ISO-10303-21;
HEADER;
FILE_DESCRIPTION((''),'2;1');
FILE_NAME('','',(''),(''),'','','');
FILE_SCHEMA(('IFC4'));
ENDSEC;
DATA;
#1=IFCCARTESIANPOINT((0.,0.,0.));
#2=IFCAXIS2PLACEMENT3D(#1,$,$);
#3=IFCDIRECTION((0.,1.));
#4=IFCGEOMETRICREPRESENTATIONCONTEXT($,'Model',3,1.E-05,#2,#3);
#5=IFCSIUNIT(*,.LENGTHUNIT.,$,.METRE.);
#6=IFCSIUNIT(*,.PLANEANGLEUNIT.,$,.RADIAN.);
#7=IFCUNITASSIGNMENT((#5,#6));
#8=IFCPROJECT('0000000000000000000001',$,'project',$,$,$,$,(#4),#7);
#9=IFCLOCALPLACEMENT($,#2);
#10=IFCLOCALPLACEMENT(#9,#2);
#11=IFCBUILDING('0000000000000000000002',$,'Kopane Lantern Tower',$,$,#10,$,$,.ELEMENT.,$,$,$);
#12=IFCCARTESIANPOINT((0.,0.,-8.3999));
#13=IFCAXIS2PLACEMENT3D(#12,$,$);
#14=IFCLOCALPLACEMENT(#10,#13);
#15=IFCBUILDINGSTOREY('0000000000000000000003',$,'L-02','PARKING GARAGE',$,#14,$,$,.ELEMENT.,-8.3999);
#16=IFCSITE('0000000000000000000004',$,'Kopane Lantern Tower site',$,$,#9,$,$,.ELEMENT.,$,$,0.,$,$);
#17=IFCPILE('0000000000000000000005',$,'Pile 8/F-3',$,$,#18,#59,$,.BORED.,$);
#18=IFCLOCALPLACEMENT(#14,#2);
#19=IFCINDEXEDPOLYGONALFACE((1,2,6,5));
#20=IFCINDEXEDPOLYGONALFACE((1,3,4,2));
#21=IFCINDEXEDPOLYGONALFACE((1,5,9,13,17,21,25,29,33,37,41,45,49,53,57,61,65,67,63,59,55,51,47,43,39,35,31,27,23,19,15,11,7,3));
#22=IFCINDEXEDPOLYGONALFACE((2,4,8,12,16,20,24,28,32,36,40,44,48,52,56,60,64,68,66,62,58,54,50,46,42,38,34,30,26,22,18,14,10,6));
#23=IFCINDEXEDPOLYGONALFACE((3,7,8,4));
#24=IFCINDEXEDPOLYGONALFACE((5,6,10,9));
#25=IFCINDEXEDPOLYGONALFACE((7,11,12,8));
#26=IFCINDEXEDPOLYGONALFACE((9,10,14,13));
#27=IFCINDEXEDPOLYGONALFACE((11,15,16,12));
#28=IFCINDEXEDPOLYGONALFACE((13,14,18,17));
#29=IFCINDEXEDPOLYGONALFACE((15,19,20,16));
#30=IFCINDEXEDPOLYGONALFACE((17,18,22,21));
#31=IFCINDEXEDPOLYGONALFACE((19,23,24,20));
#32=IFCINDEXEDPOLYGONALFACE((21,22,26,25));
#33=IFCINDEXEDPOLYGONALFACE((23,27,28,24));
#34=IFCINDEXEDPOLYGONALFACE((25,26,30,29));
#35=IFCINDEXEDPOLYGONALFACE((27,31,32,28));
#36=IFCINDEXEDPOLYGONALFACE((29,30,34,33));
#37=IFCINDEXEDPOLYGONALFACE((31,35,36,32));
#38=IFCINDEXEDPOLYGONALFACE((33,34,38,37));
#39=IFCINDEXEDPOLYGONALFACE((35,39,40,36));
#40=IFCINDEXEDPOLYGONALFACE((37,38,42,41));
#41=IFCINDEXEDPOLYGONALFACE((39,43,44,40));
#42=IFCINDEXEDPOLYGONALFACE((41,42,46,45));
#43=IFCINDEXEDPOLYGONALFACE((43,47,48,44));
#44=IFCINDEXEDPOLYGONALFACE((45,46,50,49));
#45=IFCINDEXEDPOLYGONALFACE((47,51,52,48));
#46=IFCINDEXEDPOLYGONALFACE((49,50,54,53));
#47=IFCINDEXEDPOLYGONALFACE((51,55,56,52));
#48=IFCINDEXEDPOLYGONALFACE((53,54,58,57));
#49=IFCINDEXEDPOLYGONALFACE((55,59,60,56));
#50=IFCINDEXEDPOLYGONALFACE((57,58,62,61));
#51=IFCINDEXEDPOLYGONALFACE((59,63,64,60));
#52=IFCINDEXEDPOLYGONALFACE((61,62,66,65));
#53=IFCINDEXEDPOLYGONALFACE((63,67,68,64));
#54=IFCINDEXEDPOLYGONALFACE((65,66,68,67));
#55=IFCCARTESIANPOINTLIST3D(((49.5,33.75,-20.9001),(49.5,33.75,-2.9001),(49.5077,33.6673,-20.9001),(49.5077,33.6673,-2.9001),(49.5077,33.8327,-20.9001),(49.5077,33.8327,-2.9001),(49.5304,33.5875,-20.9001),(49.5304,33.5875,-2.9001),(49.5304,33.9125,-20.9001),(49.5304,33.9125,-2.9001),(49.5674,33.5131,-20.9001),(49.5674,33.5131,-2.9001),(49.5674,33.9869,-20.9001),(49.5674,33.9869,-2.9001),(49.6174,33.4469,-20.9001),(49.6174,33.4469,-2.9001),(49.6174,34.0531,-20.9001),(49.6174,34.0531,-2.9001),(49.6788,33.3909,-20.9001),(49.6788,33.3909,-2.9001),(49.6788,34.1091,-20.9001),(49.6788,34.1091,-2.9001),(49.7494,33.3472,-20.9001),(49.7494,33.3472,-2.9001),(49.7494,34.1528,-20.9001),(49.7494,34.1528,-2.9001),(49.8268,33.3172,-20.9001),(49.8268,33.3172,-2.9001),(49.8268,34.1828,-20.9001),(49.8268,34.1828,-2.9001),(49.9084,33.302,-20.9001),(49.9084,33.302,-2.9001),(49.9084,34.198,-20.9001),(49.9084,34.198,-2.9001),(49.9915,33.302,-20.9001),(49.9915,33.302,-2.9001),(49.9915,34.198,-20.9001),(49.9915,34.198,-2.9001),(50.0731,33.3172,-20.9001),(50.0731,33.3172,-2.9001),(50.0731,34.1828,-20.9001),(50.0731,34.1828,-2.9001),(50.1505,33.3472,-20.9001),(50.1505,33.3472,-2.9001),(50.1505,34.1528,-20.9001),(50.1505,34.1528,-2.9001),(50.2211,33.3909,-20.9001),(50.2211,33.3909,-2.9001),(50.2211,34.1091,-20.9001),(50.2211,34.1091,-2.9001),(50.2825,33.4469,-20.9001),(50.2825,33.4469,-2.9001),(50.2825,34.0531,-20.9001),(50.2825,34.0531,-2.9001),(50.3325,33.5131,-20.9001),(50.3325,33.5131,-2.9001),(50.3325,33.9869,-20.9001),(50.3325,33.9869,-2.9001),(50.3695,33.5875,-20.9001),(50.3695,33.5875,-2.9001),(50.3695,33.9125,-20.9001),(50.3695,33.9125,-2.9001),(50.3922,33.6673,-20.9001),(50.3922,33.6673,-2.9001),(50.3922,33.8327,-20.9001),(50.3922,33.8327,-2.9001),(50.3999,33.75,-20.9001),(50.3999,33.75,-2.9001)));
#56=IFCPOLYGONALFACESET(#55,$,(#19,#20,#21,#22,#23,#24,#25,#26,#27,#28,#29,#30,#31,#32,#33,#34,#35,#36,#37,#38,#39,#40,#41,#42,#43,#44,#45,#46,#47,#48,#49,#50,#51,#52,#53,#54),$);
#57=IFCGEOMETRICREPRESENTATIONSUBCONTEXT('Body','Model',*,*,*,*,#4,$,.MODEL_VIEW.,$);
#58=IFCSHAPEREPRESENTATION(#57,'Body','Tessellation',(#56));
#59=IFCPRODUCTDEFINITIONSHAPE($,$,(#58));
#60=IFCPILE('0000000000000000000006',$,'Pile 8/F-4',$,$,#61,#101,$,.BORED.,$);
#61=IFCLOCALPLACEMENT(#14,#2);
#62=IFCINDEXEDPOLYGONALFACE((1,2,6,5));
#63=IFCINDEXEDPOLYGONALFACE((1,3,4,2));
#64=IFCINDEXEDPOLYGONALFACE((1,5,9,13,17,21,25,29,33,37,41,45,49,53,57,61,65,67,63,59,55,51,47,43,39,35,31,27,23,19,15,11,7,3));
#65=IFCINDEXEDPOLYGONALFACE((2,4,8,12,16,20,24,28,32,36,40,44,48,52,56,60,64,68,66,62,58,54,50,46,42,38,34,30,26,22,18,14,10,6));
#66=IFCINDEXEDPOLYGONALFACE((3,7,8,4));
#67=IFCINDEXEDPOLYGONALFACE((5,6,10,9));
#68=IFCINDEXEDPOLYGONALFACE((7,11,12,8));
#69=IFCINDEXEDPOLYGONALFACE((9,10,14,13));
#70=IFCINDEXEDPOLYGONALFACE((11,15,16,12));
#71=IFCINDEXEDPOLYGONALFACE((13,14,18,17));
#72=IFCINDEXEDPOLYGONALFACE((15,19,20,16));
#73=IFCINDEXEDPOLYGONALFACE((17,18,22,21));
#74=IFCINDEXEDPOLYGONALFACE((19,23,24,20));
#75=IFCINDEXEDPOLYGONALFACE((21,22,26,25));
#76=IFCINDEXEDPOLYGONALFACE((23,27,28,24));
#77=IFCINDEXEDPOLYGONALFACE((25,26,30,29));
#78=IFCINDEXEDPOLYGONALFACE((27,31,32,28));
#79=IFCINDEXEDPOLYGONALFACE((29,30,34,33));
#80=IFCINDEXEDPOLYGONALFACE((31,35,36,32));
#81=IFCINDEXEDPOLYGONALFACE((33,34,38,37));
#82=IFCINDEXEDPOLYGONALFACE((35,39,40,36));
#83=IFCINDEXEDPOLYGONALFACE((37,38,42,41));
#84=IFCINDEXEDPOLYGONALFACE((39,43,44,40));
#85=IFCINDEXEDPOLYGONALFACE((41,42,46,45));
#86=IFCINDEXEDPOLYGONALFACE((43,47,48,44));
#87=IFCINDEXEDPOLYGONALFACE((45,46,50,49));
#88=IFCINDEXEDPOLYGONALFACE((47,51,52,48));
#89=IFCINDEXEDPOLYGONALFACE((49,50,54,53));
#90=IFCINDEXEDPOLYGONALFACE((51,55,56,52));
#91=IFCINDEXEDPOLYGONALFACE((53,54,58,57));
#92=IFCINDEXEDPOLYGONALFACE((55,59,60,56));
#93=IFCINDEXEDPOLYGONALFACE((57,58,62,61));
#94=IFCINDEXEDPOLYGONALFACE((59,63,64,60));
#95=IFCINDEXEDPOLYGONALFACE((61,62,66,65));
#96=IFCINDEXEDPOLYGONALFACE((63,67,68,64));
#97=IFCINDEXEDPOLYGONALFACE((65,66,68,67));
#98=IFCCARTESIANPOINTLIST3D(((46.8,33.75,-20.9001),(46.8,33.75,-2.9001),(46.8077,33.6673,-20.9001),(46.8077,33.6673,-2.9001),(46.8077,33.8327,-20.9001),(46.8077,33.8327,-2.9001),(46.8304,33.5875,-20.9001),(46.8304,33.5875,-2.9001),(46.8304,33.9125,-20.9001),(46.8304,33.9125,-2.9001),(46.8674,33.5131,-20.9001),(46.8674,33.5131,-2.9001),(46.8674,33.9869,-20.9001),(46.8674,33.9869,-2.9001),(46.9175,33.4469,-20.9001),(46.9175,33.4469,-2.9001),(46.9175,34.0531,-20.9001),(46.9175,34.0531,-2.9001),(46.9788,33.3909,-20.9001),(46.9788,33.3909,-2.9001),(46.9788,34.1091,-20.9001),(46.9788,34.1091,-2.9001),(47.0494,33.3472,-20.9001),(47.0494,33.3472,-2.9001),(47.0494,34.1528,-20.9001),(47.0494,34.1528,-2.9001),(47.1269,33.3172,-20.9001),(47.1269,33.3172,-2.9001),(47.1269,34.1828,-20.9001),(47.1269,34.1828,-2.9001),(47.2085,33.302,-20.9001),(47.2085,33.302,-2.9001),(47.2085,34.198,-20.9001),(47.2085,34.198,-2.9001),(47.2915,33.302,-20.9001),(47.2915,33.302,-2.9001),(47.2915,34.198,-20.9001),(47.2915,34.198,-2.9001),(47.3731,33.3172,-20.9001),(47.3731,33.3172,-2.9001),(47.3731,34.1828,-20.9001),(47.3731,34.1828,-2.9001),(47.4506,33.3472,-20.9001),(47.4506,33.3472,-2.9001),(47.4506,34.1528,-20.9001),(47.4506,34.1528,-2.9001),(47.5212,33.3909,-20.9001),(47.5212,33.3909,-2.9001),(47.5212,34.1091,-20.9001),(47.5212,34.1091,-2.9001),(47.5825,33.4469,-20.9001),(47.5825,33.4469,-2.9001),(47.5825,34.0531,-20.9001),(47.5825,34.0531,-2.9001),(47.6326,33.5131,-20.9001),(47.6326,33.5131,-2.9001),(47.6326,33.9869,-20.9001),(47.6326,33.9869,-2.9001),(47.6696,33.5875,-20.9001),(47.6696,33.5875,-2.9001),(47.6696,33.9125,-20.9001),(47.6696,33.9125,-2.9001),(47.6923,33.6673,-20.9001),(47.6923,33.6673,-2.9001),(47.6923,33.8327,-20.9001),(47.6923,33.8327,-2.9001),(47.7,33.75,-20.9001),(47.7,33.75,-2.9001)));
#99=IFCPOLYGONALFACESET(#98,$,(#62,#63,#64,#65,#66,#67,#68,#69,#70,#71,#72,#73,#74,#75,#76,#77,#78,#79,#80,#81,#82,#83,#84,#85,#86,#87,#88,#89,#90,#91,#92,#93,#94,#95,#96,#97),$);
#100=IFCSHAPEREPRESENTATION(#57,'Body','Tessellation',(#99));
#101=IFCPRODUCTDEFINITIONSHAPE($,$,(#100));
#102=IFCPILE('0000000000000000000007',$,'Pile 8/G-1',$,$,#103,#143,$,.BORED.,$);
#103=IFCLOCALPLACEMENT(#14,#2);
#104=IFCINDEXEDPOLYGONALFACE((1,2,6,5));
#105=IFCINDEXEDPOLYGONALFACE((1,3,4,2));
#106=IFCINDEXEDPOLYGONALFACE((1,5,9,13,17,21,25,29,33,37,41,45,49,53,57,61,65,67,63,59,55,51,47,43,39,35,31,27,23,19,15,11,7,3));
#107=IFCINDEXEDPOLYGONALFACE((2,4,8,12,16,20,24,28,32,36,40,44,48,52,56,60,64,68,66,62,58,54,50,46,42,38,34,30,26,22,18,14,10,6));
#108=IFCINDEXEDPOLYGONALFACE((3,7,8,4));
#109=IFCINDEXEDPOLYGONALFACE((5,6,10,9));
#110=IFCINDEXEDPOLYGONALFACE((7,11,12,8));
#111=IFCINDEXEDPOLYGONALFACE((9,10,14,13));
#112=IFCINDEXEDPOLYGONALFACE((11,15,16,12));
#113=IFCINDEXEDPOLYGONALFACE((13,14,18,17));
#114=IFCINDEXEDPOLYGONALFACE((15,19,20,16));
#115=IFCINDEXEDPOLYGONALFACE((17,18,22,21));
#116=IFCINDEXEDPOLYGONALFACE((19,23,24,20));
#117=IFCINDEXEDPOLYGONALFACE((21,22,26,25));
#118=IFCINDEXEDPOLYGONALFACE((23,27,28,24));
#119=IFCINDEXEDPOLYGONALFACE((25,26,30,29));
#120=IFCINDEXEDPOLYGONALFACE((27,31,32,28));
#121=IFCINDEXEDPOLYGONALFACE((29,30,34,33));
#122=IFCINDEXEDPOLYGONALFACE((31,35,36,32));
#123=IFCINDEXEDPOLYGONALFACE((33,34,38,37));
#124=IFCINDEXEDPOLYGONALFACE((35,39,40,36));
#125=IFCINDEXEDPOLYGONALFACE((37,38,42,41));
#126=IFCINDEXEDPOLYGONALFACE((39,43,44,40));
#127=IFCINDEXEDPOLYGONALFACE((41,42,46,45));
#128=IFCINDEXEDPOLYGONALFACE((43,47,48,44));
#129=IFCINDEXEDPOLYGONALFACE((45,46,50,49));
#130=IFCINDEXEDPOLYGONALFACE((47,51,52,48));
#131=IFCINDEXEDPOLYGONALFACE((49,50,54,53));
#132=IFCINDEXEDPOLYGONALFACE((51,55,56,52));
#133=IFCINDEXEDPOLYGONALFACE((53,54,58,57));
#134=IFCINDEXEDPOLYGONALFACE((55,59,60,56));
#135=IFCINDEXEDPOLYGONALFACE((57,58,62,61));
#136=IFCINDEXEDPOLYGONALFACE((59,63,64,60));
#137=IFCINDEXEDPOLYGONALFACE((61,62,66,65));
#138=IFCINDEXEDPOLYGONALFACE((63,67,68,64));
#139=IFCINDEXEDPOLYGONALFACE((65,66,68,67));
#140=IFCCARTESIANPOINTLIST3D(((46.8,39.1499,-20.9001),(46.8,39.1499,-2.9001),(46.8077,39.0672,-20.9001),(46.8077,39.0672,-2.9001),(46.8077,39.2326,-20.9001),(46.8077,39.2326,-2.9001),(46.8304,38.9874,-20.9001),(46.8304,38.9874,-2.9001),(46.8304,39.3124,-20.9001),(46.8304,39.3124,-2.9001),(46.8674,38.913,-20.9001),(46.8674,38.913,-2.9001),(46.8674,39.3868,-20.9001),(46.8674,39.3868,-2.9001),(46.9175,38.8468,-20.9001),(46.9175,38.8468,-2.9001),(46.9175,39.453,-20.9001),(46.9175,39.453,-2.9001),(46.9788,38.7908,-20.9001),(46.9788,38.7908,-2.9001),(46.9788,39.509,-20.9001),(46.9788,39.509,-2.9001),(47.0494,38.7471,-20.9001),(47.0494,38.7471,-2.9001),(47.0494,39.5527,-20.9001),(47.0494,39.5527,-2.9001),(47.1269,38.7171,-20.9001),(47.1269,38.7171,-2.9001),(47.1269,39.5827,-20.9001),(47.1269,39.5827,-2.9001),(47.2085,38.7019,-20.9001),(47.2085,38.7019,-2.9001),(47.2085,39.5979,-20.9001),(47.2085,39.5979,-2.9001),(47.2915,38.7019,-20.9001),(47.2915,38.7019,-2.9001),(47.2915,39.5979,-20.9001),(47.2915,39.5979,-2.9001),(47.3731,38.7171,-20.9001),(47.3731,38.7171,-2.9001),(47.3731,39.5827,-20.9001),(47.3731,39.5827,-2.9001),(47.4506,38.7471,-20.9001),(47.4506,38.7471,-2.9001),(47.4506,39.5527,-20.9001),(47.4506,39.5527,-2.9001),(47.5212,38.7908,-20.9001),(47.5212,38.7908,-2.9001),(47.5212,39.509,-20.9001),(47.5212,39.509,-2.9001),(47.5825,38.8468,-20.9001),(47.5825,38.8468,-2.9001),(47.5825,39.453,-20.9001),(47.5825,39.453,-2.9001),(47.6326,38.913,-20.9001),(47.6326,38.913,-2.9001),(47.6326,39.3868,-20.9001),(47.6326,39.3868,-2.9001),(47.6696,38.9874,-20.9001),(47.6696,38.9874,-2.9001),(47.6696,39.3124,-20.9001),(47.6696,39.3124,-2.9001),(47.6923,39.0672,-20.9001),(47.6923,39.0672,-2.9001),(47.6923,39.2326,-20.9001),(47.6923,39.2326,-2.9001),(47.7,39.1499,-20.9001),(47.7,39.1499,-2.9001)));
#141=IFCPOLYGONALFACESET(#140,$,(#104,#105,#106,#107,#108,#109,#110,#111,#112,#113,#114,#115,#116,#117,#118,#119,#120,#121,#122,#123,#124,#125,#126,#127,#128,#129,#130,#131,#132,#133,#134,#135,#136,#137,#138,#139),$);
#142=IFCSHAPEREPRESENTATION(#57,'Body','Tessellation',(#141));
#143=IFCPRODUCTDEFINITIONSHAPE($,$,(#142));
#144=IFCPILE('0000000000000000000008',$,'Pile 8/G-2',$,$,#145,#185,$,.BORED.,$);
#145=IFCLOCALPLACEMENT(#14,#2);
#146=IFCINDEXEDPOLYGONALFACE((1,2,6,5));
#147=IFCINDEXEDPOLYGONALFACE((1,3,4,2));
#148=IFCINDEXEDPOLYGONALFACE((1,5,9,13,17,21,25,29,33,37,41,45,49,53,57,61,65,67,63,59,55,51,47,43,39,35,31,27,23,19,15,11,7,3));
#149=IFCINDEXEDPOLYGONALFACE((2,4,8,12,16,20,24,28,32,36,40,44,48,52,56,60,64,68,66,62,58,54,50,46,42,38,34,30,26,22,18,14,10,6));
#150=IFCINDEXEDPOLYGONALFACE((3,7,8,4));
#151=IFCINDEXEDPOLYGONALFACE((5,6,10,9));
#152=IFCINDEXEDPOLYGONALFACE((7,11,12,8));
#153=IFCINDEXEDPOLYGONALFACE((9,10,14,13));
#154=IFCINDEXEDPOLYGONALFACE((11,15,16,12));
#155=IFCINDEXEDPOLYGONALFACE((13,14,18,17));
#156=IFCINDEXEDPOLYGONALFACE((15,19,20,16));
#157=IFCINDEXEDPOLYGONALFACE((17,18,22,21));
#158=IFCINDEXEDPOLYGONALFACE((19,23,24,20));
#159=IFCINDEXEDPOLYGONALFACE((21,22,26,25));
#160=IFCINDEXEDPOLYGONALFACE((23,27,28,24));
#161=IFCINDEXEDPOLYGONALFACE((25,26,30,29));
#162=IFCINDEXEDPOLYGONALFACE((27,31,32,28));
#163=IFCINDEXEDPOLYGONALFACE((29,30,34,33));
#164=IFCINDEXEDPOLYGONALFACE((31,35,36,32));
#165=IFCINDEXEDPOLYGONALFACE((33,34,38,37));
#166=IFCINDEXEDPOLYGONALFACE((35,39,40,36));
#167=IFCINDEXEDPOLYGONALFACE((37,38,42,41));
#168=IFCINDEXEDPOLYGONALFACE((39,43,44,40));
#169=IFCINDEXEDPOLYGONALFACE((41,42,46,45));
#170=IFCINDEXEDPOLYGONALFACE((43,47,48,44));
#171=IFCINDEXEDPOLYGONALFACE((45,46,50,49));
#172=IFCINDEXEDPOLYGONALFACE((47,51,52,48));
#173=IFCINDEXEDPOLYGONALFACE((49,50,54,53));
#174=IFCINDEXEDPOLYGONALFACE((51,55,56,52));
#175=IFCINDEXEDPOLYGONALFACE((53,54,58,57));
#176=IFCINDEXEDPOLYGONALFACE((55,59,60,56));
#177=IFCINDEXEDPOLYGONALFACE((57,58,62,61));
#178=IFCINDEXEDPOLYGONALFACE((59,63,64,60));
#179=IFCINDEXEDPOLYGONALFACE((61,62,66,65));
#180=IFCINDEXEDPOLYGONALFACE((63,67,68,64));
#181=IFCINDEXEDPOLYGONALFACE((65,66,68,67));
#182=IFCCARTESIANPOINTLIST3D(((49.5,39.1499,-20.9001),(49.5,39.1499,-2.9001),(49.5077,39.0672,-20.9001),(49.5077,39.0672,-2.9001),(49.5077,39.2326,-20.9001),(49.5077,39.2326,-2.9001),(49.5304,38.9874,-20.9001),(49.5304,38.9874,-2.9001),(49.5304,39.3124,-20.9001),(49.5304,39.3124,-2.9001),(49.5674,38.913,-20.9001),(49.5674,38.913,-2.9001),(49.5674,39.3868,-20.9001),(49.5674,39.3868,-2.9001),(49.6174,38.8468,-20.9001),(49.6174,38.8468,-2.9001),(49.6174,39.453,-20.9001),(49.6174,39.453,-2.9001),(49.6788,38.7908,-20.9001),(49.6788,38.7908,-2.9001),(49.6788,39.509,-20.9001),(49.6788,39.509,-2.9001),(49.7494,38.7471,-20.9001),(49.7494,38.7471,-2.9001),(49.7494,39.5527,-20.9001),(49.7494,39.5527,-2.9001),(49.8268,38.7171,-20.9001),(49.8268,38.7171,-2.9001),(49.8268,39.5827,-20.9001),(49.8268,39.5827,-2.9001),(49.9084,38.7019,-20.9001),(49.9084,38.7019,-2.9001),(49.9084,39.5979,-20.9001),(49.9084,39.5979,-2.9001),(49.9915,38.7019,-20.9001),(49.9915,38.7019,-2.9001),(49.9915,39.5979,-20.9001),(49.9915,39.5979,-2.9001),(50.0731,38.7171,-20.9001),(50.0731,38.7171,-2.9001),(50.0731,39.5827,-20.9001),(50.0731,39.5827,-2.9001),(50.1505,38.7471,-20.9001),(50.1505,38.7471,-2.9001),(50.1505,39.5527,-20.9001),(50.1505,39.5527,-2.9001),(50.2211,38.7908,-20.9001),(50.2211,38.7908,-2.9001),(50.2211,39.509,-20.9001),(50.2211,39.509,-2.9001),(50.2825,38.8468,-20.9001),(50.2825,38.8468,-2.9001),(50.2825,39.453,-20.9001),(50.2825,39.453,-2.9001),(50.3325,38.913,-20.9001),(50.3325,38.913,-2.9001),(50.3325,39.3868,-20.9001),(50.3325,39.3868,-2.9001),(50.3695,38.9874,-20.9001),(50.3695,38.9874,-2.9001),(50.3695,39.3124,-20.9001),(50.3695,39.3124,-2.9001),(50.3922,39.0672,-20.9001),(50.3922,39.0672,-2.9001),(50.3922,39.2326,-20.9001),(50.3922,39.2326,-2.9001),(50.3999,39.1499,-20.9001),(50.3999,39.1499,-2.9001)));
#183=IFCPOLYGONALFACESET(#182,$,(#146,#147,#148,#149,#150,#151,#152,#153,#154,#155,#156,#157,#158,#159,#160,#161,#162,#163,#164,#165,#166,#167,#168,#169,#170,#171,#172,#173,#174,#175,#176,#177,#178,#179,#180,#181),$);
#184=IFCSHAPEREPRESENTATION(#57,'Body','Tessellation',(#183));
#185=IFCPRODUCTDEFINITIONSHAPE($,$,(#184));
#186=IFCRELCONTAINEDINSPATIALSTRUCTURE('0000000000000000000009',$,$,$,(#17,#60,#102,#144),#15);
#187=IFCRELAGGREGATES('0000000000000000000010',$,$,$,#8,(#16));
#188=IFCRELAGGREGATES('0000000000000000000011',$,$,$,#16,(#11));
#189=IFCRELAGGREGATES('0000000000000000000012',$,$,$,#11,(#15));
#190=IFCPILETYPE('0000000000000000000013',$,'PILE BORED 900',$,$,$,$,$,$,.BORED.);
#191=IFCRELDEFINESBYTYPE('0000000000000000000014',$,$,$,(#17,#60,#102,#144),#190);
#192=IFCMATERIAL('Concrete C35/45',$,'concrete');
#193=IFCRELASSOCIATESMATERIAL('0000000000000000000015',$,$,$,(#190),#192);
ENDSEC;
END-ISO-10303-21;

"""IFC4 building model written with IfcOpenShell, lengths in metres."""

from ifc_helpers import new_model, si_unit, direction, frame, origin, origin_2d, place, context, subcontext, project, spatial, circle, extrude, material, material_profile, profile_set, type_object, element, save


model = new_model("IFC4")

# Units and contexts
model_context = context("Model", 3, precision=1e-05, world=origin(), true_north=direction((0.0, 1.0)))
body_context = subcontext(model_context, "Body", "Model", "MODEL_VIEW")
ifc_project = project(units=[si_unit("LENGTHUNIT", "METRE"), si_unit("PLANEANGLEUNIT", "RADIAN")], contexts=[model_context])

# Site, building, storey
site_placement = place(None, origin())
site = spatial("IfcSite", under=ifc_project, at=site_placement, Name="Kopane Lantern Tower site", CompositionType="ELEMENT", RefElevation=0.0)
building_placement = place(site_placement, origin())
building = spatial("IfcBuilding", under=site, at=building_placement, Name="Kopane Lantern Tower", CompositionType="ELEMENT")
storey_placement = place(building_placement, frame((0.0, 0.0, -8.3999)))
storey = spatial("IfcBuildingStorey", under=building, at=storey_placement, Name="L-02", Description="PARKING GARAGE", CompositionType="ELEMENT", Elevation=-8.3999)

# Piles
ifc_material_1 = material(Name="Concrete C35/45", Category="concrete")
ifc_material_profile_1 = material_profile(ifc_material_1, circle(Radius=0.45, at=origin_2d()), Name="D900")
ifc_profile_set_1 = profile_set([ifc_material_profile_1], Name="Concrete C35/45")
pile_type_1 = type_object("IfcPileType", Name="PILE BORED 900", PredefinedType="BORED", material=ifc_profile_set_1)
for number, where, z_axis, x_axis, name in (
    (1, (49.95, 33.75, -2.9001), (0.0, 0.0, -1.0), (1.0, 0.0, 0.0), "Pile 8/F-3"),
    (2, (47.25, 33.75, -2.9001), (0.0, 0.0, -1.0), (1.0, 0.0, 0.0), "Pile 8/F-4"),
    (3, (47.25, 39.1499, -2.9001), (0.0, 0.0, -1.0), (1.0, 0.0, 0.0), "Pile 8/G-1"),
    (4, (49.95, 39.1499, -2.9001), (0.0, 0.0, -1.0), (1.0, 0.0, 0.0), "Pile 8/G-2"),
):
    element("IfcPile", number, at=place(storey_placement, frame(where, z_axis=z_axis, x_axis=x_axis)), inside=storey, type_object=pile_type_1, Name=name, PredefinedType="BORED", context=body_context, shape_type="SweptSolid", body=[
        extrude(circle(Radius=0.45, at=origin_2d()), origin(), (0.0, 0.0, 1.0), 18.0),
    ])

save(model, "model.ifc")
